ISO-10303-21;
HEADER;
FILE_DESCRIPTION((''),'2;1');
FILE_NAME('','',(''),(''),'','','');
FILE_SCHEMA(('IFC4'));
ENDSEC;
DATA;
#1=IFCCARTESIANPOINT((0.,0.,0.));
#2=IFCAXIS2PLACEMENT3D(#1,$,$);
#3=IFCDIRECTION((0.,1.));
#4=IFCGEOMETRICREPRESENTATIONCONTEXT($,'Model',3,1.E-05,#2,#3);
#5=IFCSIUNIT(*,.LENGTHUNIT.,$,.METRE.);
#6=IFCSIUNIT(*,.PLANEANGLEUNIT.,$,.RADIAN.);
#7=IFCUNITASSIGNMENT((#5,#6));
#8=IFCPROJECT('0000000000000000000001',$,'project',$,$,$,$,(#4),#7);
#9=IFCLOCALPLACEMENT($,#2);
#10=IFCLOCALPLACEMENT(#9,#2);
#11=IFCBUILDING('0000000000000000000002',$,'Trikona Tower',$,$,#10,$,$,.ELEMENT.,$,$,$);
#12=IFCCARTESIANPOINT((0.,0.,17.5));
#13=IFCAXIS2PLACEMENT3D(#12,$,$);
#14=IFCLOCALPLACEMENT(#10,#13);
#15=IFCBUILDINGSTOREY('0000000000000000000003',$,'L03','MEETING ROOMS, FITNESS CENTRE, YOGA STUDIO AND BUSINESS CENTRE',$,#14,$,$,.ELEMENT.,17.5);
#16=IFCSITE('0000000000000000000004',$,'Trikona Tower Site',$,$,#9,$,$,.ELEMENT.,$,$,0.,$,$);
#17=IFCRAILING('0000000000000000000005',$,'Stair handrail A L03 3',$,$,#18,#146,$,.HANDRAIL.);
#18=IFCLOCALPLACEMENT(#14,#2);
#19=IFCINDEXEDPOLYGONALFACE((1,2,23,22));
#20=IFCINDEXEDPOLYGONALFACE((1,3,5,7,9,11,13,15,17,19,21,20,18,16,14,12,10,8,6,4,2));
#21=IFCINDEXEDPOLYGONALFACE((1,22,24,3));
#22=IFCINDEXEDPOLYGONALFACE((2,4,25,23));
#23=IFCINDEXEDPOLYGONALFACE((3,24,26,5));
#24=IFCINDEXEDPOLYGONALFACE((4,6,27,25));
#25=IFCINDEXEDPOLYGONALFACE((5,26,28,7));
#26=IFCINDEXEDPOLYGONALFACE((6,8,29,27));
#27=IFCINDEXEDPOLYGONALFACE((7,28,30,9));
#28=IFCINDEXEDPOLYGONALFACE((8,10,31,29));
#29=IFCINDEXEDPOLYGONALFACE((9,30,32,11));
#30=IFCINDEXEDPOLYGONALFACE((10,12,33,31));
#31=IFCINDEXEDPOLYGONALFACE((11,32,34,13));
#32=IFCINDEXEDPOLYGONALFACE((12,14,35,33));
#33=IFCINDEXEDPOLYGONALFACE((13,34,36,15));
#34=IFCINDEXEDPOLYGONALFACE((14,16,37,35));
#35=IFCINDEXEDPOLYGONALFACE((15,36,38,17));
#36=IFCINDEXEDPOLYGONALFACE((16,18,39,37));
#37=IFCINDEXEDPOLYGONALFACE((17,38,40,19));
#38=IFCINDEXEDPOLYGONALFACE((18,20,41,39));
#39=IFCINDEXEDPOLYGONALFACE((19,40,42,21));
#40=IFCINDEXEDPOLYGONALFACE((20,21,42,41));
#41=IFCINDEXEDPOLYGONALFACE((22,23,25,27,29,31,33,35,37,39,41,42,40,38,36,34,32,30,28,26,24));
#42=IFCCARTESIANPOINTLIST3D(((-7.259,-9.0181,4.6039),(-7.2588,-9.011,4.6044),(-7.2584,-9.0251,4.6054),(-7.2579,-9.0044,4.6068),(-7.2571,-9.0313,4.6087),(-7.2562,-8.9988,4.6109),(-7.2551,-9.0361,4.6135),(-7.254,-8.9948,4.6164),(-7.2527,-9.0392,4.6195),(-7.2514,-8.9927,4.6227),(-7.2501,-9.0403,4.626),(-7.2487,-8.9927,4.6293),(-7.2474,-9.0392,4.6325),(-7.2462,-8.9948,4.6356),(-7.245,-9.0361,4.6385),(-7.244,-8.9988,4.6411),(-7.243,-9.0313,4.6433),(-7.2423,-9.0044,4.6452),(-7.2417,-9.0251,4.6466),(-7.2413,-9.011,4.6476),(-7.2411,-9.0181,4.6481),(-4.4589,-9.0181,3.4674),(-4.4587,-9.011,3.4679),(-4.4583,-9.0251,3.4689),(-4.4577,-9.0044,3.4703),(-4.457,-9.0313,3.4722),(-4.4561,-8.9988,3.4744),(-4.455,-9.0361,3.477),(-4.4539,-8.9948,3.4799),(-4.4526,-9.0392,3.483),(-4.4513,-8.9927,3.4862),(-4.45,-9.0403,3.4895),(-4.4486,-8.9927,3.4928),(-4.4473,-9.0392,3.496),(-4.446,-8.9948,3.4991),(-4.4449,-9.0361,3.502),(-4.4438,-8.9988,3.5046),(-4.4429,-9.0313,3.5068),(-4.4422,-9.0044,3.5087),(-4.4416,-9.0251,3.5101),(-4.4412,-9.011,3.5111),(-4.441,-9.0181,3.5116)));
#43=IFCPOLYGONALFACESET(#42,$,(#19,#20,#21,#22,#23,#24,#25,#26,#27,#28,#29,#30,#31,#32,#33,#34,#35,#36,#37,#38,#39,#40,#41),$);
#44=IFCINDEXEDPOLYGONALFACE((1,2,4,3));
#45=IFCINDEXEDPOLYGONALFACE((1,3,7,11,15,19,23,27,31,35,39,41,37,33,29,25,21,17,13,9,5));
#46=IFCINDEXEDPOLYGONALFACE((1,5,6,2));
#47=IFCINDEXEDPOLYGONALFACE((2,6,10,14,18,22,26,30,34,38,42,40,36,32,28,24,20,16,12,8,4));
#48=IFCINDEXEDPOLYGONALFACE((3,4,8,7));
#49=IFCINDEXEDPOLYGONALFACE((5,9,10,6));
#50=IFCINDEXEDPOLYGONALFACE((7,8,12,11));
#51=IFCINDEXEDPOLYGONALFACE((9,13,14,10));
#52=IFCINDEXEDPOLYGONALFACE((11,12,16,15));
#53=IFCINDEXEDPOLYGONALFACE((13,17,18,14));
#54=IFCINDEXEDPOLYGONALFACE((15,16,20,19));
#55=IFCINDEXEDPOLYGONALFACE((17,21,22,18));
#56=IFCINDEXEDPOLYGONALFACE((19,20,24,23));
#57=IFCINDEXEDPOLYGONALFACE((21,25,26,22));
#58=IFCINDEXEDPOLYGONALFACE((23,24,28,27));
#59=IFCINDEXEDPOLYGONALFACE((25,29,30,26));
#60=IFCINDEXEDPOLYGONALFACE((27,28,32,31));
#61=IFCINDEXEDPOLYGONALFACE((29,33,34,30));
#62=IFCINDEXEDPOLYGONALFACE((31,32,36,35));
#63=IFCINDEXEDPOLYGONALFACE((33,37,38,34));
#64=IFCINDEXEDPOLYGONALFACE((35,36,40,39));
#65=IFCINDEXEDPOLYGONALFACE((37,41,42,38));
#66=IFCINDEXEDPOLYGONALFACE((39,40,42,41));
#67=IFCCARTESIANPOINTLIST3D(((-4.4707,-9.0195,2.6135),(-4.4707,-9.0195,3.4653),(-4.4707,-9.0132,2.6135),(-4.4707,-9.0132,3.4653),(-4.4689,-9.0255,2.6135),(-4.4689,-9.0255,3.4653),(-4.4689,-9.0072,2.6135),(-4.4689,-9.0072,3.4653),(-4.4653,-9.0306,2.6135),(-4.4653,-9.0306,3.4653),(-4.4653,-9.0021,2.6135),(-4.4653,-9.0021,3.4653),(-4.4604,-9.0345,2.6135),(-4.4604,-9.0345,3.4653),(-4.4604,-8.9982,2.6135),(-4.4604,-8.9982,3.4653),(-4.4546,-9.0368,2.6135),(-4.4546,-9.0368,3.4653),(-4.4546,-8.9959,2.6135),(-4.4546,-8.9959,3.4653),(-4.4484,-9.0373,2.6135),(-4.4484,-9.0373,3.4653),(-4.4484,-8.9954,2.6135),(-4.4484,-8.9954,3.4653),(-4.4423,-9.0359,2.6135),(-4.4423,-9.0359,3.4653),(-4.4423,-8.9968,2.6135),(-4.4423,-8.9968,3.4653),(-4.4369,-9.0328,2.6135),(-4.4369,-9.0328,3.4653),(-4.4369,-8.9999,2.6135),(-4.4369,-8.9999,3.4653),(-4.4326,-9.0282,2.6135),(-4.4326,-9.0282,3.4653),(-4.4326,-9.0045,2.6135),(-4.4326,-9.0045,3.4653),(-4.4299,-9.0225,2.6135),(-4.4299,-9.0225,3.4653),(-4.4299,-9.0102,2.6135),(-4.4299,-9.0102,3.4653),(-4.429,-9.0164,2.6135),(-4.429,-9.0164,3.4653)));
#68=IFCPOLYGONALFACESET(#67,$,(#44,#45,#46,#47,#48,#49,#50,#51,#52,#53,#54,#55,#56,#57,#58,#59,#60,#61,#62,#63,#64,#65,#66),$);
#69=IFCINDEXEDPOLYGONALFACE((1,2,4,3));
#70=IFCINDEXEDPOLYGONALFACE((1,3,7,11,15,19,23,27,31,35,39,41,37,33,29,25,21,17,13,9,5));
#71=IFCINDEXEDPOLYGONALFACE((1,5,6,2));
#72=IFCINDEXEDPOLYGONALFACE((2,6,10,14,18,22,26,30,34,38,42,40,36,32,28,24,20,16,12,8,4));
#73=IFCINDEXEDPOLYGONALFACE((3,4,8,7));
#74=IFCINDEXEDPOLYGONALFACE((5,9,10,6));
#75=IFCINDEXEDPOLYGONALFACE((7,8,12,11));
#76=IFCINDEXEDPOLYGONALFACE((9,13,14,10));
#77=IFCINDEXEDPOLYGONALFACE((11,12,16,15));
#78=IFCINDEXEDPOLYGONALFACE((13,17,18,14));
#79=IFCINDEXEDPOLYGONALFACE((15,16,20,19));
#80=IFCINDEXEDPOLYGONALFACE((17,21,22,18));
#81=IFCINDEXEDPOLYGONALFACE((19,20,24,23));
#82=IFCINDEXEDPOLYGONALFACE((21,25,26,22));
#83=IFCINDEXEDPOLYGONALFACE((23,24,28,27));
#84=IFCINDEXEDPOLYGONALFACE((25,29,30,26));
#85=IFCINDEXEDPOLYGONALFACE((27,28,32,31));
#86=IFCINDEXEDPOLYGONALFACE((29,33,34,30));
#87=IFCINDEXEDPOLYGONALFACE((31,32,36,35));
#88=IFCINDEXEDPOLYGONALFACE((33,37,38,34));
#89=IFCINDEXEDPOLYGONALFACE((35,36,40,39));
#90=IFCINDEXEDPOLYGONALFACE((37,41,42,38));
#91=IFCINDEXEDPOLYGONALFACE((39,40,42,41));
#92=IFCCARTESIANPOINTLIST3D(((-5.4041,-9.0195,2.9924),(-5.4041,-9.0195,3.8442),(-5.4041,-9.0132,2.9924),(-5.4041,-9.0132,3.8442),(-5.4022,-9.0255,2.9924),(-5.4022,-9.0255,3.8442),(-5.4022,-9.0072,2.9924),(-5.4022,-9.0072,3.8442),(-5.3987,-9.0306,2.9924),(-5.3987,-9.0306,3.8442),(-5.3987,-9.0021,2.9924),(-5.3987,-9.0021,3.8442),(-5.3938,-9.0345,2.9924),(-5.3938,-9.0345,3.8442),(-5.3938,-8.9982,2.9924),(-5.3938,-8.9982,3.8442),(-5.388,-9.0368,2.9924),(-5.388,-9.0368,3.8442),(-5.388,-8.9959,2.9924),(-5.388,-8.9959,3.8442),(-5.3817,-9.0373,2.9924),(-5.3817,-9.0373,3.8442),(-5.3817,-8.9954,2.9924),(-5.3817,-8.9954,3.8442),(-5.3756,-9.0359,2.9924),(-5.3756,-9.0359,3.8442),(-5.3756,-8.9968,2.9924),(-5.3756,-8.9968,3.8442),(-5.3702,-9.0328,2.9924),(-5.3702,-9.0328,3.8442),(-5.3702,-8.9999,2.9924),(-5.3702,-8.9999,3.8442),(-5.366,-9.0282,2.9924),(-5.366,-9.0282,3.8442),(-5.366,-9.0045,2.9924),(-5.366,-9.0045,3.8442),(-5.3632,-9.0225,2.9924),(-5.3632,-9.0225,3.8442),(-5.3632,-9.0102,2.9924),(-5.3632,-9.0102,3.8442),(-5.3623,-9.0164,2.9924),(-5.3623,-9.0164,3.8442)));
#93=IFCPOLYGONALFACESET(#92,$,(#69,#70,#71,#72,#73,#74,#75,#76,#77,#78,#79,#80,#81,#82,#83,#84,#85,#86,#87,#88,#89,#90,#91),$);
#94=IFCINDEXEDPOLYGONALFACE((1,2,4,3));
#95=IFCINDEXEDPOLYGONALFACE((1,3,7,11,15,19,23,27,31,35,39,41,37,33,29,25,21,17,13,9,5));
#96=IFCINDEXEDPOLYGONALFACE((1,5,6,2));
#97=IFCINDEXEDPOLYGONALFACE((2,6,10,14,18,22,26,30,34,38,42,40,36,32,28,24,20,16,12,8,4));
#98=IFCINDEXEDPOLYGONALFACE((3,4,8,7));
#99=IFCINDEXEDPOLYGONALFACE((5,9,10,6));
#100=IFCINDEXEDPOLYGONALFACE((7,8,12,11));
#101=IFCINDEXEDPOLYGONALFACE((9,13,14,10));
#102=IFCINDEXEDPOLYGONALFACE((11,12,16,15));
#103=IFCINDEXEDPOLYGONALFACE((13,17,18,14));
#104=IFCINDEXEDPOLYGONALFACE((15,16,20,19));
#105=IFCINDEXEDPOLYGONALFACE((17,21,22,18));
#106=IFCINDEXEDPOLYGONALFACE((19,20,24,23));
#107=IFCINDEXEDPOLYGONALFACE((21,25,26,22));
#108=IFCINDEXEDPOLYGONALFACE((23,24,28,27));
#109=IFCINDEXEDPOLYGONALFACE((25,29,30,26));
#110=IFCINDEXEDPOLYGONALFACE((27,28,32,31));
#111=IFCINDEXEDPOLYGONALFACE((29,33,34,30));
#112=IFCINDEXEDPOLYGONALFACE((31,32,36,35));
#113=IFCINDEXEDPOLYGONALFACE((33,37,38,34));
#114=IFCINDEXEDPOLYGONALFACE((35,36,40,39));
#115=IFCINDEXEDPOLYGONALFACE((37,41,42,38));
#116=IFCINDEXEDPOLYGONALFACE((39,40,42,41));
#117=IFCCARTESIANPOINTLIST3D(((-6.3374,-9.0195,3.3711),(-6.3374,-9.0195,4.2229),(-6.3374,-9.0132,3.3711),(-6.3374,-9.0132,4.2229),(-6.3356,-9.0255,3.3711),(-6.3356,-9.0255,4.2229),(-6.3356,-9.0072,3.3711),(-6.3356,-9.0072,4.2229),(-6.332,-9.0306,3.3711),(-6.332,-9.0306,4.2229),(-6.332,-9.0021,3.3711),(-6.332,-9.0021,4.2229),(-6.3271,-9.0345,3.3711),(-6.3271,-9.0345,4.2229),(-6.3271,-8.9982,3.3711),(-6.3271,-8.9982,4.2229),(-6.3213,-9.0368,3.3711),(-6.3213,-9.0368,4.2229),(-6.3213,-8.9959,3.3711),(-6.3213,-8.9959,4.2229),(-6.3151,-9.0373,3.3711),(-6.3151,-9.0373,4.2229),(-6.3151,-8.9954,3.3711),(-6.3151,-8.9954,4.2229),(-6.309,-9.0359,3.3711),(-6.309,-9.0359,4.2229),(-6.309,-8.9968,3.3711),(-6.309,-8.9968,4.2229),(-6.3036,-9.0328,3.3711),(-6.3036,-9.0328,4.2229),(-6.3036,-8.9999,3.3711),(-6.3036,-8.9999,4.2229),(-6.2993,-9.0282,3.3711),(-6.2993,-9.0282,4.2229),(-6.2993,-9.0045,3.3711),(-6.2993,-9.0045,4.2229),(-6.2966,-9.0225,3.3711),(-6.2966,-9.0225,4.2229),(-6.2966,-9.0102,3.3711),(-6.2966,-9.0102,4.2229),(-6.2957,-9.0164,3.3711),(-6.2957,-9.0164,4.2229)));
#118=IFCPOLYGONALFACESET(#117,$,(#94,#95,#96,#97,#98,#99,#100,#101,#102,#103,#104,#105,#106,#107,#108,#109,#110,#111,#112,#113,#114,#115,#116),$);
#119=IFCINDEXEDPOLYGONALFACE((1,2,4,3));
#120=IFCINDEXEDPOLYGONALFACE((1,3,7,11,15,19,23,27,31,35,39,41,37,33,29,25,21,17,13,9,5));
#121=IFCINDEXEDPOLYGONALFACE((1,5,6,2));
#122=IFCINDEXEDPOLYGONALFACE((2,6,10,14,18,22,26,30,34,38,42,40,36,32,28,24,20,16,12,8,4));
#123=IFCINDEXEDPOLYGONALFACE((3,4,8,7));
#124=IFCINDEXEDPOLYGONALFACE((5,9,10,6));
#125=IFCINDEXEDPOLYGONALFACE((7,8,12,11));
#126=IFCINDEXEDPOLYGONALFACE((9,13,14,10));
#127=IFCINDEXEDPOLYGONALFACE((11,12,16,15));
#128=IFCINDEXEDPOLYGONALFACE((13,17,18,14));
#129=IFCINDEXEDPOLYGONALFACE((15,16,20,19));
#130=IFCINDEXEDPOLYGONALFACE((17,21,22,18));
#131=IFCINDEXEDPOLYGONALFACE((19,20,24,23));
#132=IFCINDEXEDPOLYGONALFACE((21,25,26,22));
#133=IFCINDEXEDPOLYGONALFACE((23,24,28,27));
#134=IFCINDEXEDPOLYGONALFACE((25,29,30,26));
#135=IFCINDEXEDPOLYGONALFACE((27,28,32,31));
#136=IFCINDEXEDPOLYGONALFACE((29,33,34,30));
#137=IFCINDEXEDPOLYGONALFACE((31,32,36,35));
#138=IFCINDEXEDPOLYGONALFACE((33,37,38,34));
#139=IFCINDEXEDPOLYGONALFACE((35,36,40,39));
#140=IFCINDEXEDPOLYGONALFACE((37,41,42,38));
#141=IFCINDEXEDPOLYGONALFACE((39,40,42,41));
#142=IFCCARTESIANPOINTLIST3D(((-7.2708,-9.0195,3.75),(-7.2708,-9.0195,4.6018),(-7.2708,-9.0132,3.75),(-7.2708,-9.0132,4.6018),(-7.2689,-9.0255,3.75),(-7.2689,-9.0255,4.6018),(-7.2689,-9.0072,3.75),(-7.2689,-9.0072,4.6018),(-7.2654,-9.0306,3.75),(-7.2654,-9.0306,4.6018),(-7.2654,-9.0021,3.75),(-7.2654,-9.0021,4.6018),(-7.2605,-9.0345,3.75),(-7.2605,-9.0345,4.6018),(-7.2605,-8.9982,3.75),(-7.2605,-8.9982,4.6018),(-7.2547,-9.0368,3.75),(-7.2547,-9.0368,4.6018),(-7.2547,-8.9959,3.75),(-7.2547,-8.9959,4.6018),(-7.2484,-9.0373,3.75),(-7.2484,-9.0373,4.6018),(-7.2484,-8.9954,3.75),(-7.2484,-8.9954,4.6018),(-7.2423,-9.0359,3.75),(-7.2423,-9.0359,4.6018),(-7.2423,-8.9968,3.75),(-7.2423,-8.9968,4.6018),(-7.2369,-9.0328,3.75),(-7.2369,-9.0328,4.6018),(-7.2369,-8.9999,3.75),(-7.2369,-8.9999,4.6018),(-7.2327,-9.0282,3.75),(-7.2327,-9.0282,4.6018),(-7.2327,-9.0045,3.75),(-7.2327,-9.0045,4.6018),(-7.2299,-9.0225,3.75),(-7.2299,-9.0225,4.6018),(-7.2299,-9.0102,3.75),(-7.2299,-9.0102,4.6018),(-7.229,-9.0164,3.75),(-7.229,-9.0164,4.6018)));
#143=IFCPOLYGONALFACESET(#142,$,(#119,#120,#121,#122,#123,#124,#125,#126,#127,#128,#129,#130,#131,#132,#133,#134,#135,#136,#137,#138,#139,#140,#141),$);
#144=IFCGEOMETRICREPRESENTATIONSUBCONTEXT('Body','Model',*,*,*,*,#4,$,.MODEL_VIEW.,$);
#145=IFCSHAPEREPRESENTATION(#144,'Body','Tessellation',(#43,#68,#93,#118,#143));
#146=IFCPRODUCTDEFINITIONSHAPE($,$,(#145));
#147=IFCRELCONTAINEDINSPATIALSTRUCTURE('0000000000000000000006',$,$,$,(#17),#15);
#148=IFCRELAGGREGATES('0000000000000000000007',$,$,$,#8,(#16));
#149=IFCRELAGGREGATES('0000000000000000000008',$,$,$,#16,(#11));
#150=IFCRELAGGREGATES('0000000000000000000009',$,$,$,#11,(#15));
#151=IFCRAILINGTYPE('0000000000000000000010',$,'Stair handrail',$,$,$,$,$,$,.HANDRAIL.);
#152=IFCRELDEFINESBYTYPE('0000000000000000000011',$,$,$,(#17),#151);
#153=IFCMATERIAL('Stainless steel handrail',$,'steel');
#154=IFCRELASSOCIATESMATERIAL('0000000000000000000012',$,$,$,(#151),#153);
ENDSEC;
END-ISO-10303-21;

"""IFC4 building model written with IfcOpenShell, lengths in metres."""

from ifc_helpers import new_model, si_unit, direction, frame, origin, origin_2d, place, context, subcontext, project, spatial, circle, extrude, material, type_object, element, save


model = new_model("IFC4")

# Units and contexts
model_context = context("Model", 3, precision=1e-05, world=origin(), true_north=direction((0.0, 1.0)))
body_context = subcontext(model_context, "Body", "Model", "MODEL_VIEW")
ifc_project = project(units=[si_unit("LENGTHUNIT", "METRE"), si_unit("PLANEANGLEUNIT", "RADIAN")], contexts=[model_context])

# Site, building, storey
site_placement = place(None, origin())
site = spatial("IfcSite", under=ifc_project, at=site_placement, Name="Trikona Tower Site", CompositionType="ELEMENT", RefElevation=0.0)
building_placement = place(site_placement, origin())
building = spatial("IfcBuilding", under=site, at=building_placement, Name="Trikona Tower", CompositionType="ELEMENT")
storey_placement = place(building_placement, frame((0.0, 0.0, 17.5)))
storey = spatial("IfcBuildingStorey", under=building, at=storey_placement, Name="L03", Description="MEETING ROOMS, FITNESS CENTRE, YOGA STUDIO AND BUSINESS CENTRE", CompositionType="ELEMENT", Elevation=17.5)

# Railing
ifc_material_1 = material(Name="Stainless steel handrail", Category="steel")
railing_type = type_object("IfcRailingType", Name="Stair handrail", PredefinedType="HANDRAIL", material=ifc_material_1)
railing_1_placement = place(storey_placement, frame((-4.45, -9.0164, 2.6135)))
element("IfcRailing", 1, at=railing_1_placement, inside=storey, type_object=railing_type, Name="Stair handrail A L03 3", PredefinedType="HANDRAIL", context=body_context, shape_type="SweptSolid", body=[
    extrude(circle(Radius=0.0239, at=origin_2d()), frame((0.0, 0.0, 0.876), z_axis=(-0.926587, 0.0, 0.37608), x_axis=(0.0, -1.0, 0.0)), (0.0, 0.0, 1.0), 3.022),
    extrude(circle(Radius=0.021, at=origin_2d()), origin(), (0.0, 0.0, 1.0), 0.8518),
    extrude(circle(Radius=0.021, at=origin_2d()), frame((-0.9333, 0.0, 0.3789)), (0.0, 0.0, 1.0), 0.8518),
    extrude(circle(Radius=0.021, at=origin_2d()), frame((-1.8667, 0.0, 0.7576)), (0.0, 0.0, 1.0), 0.8518),
    extrude(circle(Radius=0.021, at=origin_2d()), frame((-2.8, 0.0, 1.1365)), (0.0, 0.0, 1.0), 0.8518),
])

save(model, "model.ifc")
